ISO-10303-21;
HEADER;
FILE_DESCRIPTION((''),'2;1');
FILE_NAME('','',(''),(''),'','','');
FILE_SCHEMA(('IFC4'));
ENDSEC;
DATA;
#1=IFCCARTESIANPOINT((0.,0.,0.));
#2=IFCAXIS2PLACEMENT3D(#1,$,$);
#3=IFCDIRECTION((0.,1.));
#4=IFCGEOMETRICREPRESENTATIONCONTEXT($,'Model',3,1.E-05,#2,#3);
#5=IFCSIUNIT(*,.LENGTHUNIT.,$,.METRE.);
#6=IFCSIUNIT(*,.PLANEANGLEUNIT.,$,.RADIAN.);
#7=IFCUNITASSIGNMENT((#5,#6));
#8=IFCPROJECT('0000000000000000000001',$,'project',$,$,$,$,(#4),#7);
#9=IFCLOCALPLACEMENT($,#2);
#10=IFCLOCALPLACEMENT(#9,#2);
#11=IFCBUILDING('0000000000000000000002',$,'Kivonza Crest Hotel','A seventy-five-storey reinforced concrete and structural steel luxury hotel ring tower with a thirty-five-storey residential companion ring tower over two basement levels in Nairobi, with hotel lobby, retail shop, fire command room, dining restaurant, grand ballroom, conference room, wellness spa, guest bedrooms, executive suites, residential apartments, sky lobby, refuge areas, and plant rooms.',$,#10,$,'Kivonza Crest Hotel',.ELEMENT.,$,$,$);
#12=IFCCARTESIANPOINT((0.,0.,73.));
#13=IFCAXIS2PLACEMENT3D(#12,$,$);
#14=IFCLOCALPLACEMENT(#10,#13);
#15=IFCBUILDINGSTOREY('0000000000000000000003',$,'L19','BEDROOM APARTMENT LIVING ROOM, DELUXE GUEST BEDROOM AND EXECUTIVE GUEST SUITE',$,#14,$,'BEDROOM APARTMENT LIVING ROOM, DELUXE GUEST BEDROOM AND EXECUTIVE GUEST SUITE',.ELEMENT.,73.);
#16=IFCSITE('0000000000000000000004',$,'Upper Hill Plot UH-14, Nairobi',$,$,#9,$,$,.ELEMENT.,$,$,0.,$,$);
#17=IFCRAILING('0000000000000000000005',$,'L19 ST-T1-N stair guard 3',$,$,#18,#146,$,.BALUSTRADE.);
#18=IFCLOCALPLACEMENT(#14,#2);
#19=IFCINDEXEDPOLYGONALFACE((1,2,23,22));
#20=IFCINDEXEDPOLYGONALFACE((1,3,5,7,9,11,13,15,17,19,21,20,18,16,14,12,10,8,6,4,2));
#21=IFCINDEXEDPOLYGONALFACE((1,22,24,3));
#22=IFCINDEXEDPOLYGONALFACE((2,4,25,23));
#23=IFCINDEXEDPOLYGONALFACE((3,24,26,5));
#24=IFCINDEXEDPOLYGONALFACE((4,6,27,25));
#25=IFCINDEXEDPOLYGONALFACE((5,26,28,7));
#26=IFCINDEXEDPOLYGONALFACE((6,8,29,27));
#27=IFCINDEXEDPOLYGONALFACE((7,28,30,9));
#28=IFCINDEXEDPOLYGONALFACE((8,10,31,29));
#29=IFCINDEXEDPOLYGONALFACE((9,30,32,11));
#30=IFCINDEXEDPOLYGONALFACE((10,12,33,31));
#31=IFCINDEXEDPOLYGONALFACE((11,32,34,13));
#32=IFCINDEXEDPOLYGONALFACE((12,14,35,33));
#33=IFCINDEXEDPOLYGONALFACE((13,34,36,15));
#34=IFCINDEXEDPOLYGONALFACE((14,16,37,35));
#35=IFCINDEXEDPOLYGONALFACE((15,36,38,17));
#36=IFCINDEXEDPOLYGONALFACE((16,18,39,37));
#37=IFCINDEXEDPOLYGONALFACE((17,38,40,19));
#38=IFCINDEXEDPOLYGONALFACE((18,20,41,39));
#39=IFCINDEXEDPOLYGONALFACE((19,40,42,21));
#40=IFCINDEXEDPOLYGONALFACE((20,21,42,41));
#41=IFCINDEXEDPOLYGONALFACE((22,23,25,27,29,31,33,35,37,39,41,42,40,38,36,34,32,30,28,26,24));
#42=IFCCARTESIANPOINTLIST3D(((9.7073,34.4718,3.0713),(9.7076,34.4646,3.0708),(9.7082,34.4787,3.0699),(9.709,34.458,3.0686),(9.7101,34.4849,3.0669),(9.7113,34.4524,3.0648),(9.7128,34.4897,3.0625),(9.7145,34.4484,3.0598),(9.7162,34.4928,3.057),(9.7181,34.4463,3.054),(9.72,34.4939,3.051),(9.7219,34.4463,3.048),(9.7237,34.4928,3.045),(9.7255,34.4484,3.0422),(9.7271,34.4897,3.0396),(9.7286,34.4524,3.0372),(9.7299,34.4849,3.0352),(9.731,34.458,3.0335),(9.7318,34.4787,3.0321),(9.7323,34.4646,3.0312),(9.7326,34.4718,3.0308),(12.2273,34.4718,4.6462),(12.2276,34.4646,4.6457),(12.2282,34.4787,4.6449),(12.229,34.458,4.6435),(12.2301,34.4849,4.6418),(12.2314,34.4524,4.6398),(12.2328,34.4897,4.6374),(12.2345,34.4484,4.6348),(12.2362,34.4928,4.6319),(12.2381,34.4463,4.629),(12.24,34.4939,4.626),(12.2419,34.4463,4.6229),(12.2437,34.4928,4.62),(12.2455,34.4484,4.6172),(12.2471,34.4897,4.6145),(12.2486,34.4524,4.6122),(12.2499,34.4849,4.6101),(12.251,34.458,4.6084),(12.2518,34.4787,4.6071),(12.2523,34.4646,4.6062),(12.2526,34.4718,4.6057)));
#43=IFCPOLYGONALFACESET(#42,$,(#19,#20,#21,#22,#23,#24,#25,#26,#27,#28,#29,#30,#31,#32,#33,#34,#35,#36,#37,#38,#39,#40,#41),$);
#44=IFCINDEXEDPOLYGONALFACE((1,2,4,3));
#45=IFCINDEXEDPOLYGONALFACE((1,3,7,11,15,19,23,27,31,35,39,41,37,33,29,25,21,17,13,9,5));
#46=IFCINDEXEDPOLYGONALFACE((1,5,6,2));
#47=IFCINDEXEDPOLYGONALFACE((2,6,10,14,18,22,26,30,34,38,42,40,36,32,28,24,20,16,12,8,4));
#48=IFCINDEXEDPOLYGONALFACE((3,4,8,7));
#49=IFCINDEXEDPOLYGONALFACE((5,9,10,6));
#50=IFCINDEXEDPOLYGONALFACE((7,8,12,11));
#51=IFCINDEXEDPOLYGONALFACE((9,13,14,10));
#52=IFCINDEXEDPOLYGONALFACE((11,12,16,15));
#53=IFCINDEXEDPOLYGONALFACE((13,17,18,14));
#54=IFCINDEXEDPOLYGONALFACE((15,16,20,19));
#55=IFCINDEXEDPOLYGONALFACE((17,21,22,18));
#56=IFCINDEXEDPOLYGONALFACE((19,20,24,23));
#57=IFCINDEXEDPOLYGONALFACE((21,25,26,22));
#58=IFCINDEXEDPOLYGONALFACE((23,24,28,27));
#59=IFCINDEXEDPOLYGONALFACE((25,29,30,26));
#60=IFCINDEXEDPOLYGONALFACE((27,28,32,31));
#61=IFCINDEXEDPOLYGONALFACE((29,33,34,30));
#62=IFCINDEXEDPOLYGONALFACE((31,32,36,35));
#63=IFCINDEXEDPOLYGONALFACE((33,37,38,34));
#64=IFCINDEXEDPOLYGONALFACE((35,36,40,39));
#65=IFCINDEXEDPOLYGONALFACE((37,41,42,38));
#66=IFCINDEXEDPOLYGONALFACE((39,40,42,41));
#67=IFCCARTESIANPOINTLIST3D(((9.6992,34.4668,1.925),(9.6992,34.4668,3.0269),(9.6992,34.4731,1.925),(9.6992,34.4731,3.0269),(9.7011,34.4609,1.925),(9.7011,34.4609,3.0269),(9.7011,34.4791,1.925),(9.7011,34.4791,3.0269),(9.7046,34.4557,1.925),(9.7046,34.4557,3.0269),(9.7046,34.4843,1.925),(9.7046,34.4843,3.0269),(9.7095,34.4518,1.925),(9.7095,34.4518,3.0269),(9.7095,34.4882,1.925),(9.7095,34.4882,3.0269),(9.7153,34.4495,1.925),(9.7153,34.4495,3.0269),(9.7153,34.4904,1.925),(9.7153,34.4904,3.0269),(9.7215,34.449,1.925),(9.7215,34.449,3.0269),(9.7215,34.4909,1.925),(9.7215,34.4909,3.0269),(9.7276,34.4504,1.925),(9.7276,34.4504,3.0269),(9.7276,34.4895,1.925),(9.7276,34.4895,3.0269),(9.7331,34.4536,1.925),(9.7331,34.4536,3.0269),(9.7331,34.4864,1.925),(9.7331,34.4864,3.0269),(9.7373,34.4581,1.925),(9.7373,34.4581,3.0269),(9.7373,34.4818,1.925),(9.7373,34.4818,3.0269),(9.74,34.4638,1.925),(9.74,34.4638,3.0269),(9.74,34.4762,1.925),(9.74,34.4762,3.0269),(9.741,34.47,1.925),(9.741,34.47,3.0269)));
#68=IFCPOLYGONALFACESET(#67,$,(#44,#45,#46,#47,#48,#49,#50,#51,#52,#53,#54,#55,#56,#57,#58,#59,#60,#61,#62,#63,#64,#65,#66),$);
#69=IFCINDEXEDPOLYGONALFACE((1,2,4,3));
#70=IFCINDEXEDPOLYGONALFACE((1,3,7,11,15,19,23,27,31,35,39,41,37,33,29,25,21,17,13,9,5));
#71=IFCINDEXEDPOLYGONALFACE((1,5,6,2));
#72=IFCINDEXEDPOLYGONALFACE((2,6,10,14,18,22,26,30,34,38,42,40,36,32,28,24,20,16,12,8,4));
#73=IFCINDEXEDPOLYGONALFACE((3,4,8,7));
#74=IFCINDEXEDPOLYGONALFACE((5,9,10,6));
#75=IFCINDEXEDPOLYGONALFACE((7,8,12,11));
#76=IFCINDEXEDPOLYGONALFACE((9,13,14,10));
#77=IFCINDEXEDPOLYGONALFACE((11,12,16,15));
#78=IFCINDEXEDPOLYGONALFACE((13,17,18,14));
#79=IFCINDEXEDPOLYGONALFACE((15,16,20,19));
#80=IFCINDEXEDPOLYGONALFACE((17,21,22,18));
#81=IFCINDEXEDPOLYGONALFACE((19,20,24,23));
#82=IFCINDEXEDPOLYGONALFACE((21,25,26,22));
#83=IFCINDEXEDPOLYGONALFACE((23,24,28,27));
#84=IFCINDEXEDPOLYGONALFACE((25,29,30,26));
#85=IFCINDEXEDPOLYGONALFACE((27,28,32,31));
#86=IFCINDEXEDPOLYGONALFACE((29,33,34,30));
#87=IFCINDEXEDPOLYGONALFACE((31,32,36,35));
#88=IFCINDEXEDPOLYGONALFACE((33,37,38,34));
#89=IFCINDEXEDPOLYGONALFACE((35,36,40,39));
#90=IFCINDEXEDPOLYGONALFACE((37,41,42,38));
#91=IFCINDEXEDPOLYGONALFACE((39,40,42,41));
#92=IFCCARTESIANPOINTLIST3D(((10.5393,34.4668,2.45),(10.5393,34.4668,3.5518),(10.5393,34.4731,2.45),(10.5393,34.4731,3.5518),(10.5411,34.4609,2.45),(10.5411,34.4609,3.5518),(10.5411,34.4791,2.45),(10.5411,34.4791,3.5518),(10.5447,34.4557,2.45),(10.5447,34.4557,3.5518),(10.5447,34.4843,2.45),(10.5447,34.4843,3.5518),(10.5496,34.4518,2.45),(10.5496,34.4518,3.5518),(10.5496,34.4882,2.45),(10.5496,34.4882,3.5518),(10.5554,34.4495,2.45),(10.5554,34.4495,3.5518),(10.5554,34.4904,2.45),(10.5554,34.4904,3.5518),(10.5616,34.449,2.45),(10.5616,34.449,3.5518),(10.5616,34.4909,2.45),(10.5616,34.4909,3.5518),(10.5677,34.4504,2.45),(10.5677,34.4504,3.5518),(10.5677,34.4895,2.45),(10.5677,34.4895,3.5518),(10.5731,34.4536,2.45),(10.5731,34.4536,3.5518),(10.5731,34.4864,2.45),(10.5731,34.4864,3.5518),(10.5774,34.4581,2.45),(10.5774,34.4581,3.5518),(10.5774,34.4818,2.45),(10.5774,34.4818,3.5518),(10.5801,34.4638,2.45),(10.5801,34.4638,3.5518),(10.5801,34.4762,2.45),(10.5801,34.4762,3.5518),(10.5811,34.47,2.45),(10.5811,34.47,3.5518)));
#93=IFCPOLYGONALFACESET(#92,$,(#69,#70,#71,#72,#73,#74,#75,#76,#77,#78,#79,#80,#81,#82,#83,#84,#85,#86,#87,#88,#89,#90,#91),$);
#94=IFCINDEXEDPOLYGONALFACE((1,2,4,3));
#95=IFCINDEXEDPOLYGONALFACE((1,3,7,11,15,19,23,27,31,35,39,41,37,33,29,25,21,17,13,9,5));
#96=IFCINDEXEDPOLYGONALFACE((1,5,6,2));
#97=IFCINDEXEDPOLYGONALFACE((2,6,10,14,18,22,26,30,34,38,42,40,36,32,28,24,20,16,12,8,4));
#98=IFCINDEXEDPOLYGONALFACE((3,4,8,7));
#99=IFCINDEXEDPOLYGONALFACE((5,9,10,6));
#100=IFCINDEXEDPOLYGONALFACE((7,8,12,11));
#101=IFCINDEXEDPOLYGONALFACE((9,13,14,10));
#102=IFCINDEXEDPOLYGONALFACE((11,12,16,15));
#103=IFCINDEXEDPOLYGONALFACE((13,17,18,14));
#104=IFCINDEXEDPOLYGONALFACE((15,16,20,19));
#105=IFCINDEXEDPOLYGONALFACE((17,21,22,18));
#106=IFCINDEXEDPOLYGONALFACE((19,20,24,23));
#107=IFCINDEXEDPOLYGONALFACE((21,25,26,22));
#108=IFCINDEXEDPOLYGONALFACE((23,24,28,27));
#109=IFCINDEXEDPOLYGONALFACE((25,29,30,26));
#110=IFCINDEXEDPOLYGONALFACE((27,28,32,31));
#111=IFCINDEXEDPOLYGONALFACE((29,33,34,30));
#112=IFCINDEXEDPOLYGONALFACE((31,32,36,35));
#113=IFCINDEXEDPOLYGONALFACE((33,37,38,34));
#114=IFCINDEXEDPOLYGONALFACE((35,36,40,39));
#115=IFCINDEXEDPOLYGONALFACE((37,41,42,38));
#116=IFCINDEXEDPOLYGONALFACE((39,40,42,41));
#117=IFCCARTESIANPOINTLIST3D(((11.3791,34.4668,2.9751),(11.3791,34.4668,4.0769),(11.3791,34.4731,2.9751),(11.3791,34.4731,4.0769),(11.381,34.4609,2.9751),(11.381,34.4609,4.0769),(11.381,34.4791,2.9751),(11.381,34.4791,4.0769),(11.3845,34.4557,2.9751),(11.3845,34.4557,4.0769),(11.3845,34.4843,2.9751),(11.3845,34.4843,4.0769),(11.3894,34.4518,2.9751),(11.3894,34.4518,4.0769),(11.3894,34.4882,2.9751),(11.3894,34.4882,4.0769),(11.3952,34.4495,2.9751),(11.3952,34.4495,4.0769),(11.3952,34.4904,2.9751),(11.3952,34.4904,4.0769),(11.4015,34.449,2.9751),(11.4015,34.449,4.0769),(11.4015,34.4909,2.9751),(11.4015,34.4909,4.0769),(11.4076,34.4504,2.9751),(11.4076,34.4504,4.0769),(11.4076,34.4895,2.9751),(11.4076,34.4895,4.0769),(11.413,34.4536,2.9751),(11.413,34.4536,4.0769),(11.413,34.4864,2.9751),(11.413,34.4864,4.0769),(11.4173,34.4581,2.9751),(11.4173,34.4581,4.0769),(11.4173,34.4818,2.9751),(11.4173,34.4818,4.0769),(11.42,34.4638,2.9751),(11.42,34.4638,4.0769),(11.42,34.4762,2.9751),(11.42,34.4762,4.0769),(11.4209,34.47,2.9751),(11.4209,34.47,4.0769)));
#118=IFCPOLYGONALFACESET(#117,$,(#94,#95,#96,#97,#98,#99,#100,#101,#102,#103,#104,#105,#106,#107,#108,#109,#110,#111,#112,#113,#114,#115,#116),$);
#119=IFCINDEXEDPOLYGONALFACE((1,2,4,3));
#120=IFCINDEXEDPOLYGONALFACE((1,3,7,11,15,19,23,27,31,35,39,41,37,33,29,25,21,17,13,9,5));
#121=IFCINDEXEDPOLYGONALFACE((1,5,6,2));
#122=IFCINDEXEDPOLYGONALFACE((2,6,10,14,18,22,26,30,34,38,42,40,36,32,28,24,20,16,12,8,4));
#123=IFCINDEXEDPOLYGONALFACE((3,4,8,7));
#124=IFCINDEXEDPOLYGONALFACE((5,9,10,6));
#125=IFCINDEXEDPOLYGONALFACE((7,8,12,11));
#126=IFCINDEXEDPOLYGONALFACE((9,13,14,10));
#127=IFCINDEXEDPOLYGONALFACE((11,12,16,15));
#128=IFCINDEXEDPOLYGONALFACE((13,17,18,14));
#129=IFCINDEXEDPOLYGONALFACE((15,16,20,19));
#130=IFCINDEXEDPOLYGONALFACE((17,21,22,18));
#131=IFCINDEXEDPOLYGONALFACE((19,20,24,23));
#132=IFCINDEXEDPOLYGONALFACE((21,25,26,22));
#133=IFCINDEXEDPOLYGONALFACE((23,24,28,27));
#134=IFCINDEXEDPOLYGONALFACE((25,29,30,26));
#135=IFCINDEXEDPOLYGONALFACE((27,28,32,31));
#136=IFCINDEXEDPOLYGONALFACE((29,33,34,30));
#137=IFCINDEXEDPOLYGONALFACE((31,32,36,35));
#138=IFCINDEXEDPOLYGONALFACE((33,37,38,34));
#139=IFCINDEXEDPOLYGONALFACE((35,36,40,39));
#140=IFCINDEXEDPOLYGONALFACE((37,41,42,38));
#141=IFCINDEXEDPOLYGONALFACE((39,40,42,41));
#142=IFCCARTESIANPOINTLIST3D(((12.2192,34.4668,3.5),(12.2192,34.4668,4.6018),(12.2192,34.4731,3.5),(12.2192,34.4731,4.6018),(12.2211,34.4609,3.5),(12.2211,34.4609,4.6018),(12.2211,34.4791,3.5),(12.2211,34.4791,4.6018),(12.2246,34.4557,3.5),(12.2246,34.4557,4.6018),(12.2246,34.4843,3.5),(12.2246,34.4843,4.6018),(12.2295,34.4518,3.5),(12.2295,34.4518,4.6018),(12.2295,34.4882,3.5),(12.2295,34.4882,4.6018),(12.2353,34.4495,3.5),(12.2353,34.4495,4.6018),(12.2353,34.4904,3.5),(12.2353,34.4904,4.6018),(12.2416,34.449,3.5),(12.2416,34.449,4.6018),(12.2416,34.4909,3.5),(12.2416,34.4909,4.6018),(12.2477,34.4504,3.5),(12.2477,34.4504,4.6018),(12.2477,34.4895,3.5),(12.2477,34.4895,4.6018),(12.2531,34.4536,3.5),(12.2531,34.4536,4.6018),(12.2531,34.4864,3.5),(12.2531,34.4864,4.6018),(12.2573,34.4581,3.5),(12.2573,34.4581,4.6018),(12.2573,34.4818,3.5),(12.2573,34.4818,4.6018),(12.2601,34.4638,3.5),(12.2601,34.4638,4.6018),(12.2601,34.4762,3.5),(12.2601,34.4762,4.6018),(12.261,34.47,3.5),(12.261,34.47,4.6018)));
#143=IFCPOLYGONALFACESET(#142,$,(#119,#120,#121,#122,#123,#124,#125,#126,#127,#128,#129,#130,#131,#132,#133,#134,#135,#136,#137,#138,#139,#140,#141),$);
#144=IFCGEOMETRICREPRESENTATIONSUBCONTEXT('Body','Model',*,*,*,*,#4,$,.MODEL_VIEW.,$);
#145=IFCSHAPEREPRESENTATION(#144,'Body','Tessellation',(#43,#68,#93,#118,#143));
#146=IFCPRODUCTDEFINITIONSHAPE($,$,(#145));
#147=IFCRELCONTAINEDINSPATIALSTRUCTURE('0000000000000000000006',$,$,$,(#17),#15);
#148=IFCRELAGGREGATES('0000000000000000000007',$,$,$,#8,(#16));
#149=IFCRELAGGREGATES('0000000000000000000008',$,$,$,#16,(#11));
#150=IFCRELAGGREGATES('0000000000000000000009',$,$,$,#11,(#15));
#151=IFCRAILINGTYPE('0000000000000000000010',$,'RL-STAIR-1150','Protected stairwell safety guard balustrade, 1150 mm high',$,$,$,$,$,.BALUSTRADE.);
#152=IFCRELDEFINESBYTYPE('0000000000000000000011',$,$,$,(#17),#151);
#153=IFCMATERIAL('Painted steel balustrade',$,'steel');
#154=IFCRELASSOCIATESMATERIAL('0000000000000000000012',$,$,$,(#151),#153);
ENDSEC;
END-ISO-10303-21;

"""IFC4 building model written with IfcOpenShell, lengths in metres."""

from ifc_helpers import new_model, si_unit, direction, frame, origin, origin_2d, place, context, subcontext, project, spatial, circle, extrude, material, type_object, element, save


model = new_model("IFC4")

# Units and contexts
model_context = context("Model", 3, precision=1e-05, world=origin(), true_north=direction((0.0, 1.0)))
body_context = subcontext(model_context, "Body", "Model", "MODEL_VIEW")
ifc_project = project(units=[si_unit("LENGTHUNIT", "METRE"), si_unit("PLANEANGLEUNIT", "RADIAN")], contexts=[model_context])

# Site, building, storey
site_placement = place(None, origin())
site = spatial("IfcSite", under=ifc_project, at=site_placement, Name="Upper Hill Plot UH-14, Nairobi", CompositionType="ELEMENT", RefElevation=0.0)
building_placement = place(site_placement, origin())
building = spatial("IfcBuilding", under=site, at=building_placement, Name="Kivonza Crest Hotel", Description="A seventy-five-storey reinforced concrete and structural steel luxury hotel ring tower with a thirty-five-storey residential companion ring tower over two basement levels in Nairobi, with hotel lobby, retail shop, fire command room, dining restaurant, grand ballroom, conference room, wellness spa, guest bedrooms, executive suites, residential apartments, sky lobby, refuge areas, and plant rooms.", LongName="Kivonza Crest Hotel", CompositionType="ELEMENT")
storey_placement = place(building_placement, frame((0.0, 0.0, 73.0)))
storey = spatial("IfcBuildingStorey", under=building, at=storey_placement, Name="L19", Description="BEDROOM APARTMENT LIVING ROOM, DELUXE GUEST BEDROOM AND EXECUTIVE GUEST SUITE", LongName="BEDROOM APARTMENT LIVING ROOM, DELUXE GUEST BEDROOM AND EXECUTIVE GUEST SUITE", CompositionType="ELEMENT", Elevation=73.0)

# Railing
ifc_material_1 = material(Name="Painted steel balustrade", Category="steel")
railing_type_1 = type_object("IfcRailingType", Name="RL-STAIR-1150", Description="Protected stairwell safety guard balustrade, 1150 mm high", PredefinedType="BALUSTRADE", material=ifc_material_1)
railing_1_placement = place(storey_placement, frame((9.72, 34.47, 1.925)))
element("IfcRailing", 1, at=railing_1_placement, inside=storey, type_object=railing_type_1, Name="L19 ST-T1-N stair guard 3", PredefinedType="BALUSTRADE", context=body_context, shape_type="SweptSolid", body=[
    extrude(circle(Radius=0.0239, at=origin_2d()), frame((0.0, 0.0, 1.126), z_axis=(0.848008, 0.0, 0.529984), x_axis=(0.0, 1.0, 0.0)), (0.0, 0.0, 1.0), 2.9717),
    extrude(circle(Radius=0.021, at=origin_2d()), origin(), (0.0, 0.0, 1.0), 1.1018),
    extrude(circle(Radius=0.021, at=origin_2d()), frame((0.8401, 0.0, 0.5249)), (0.0, 0.0, 1.0), 1.1018),
    extrude(circle(Radius=0.021, at=origin_2d()), frame((1.6799, 0.0, 1.05)), (0.0, 0.0, 1.0), 1.1018),
    extrude(circle(Radius=0.021, at=origin_2d()), frame((2.52, 0.0, 1.575)), (0.0, 0.0, 1.0), 1.1018),
])

save(model, "model.ifc")
